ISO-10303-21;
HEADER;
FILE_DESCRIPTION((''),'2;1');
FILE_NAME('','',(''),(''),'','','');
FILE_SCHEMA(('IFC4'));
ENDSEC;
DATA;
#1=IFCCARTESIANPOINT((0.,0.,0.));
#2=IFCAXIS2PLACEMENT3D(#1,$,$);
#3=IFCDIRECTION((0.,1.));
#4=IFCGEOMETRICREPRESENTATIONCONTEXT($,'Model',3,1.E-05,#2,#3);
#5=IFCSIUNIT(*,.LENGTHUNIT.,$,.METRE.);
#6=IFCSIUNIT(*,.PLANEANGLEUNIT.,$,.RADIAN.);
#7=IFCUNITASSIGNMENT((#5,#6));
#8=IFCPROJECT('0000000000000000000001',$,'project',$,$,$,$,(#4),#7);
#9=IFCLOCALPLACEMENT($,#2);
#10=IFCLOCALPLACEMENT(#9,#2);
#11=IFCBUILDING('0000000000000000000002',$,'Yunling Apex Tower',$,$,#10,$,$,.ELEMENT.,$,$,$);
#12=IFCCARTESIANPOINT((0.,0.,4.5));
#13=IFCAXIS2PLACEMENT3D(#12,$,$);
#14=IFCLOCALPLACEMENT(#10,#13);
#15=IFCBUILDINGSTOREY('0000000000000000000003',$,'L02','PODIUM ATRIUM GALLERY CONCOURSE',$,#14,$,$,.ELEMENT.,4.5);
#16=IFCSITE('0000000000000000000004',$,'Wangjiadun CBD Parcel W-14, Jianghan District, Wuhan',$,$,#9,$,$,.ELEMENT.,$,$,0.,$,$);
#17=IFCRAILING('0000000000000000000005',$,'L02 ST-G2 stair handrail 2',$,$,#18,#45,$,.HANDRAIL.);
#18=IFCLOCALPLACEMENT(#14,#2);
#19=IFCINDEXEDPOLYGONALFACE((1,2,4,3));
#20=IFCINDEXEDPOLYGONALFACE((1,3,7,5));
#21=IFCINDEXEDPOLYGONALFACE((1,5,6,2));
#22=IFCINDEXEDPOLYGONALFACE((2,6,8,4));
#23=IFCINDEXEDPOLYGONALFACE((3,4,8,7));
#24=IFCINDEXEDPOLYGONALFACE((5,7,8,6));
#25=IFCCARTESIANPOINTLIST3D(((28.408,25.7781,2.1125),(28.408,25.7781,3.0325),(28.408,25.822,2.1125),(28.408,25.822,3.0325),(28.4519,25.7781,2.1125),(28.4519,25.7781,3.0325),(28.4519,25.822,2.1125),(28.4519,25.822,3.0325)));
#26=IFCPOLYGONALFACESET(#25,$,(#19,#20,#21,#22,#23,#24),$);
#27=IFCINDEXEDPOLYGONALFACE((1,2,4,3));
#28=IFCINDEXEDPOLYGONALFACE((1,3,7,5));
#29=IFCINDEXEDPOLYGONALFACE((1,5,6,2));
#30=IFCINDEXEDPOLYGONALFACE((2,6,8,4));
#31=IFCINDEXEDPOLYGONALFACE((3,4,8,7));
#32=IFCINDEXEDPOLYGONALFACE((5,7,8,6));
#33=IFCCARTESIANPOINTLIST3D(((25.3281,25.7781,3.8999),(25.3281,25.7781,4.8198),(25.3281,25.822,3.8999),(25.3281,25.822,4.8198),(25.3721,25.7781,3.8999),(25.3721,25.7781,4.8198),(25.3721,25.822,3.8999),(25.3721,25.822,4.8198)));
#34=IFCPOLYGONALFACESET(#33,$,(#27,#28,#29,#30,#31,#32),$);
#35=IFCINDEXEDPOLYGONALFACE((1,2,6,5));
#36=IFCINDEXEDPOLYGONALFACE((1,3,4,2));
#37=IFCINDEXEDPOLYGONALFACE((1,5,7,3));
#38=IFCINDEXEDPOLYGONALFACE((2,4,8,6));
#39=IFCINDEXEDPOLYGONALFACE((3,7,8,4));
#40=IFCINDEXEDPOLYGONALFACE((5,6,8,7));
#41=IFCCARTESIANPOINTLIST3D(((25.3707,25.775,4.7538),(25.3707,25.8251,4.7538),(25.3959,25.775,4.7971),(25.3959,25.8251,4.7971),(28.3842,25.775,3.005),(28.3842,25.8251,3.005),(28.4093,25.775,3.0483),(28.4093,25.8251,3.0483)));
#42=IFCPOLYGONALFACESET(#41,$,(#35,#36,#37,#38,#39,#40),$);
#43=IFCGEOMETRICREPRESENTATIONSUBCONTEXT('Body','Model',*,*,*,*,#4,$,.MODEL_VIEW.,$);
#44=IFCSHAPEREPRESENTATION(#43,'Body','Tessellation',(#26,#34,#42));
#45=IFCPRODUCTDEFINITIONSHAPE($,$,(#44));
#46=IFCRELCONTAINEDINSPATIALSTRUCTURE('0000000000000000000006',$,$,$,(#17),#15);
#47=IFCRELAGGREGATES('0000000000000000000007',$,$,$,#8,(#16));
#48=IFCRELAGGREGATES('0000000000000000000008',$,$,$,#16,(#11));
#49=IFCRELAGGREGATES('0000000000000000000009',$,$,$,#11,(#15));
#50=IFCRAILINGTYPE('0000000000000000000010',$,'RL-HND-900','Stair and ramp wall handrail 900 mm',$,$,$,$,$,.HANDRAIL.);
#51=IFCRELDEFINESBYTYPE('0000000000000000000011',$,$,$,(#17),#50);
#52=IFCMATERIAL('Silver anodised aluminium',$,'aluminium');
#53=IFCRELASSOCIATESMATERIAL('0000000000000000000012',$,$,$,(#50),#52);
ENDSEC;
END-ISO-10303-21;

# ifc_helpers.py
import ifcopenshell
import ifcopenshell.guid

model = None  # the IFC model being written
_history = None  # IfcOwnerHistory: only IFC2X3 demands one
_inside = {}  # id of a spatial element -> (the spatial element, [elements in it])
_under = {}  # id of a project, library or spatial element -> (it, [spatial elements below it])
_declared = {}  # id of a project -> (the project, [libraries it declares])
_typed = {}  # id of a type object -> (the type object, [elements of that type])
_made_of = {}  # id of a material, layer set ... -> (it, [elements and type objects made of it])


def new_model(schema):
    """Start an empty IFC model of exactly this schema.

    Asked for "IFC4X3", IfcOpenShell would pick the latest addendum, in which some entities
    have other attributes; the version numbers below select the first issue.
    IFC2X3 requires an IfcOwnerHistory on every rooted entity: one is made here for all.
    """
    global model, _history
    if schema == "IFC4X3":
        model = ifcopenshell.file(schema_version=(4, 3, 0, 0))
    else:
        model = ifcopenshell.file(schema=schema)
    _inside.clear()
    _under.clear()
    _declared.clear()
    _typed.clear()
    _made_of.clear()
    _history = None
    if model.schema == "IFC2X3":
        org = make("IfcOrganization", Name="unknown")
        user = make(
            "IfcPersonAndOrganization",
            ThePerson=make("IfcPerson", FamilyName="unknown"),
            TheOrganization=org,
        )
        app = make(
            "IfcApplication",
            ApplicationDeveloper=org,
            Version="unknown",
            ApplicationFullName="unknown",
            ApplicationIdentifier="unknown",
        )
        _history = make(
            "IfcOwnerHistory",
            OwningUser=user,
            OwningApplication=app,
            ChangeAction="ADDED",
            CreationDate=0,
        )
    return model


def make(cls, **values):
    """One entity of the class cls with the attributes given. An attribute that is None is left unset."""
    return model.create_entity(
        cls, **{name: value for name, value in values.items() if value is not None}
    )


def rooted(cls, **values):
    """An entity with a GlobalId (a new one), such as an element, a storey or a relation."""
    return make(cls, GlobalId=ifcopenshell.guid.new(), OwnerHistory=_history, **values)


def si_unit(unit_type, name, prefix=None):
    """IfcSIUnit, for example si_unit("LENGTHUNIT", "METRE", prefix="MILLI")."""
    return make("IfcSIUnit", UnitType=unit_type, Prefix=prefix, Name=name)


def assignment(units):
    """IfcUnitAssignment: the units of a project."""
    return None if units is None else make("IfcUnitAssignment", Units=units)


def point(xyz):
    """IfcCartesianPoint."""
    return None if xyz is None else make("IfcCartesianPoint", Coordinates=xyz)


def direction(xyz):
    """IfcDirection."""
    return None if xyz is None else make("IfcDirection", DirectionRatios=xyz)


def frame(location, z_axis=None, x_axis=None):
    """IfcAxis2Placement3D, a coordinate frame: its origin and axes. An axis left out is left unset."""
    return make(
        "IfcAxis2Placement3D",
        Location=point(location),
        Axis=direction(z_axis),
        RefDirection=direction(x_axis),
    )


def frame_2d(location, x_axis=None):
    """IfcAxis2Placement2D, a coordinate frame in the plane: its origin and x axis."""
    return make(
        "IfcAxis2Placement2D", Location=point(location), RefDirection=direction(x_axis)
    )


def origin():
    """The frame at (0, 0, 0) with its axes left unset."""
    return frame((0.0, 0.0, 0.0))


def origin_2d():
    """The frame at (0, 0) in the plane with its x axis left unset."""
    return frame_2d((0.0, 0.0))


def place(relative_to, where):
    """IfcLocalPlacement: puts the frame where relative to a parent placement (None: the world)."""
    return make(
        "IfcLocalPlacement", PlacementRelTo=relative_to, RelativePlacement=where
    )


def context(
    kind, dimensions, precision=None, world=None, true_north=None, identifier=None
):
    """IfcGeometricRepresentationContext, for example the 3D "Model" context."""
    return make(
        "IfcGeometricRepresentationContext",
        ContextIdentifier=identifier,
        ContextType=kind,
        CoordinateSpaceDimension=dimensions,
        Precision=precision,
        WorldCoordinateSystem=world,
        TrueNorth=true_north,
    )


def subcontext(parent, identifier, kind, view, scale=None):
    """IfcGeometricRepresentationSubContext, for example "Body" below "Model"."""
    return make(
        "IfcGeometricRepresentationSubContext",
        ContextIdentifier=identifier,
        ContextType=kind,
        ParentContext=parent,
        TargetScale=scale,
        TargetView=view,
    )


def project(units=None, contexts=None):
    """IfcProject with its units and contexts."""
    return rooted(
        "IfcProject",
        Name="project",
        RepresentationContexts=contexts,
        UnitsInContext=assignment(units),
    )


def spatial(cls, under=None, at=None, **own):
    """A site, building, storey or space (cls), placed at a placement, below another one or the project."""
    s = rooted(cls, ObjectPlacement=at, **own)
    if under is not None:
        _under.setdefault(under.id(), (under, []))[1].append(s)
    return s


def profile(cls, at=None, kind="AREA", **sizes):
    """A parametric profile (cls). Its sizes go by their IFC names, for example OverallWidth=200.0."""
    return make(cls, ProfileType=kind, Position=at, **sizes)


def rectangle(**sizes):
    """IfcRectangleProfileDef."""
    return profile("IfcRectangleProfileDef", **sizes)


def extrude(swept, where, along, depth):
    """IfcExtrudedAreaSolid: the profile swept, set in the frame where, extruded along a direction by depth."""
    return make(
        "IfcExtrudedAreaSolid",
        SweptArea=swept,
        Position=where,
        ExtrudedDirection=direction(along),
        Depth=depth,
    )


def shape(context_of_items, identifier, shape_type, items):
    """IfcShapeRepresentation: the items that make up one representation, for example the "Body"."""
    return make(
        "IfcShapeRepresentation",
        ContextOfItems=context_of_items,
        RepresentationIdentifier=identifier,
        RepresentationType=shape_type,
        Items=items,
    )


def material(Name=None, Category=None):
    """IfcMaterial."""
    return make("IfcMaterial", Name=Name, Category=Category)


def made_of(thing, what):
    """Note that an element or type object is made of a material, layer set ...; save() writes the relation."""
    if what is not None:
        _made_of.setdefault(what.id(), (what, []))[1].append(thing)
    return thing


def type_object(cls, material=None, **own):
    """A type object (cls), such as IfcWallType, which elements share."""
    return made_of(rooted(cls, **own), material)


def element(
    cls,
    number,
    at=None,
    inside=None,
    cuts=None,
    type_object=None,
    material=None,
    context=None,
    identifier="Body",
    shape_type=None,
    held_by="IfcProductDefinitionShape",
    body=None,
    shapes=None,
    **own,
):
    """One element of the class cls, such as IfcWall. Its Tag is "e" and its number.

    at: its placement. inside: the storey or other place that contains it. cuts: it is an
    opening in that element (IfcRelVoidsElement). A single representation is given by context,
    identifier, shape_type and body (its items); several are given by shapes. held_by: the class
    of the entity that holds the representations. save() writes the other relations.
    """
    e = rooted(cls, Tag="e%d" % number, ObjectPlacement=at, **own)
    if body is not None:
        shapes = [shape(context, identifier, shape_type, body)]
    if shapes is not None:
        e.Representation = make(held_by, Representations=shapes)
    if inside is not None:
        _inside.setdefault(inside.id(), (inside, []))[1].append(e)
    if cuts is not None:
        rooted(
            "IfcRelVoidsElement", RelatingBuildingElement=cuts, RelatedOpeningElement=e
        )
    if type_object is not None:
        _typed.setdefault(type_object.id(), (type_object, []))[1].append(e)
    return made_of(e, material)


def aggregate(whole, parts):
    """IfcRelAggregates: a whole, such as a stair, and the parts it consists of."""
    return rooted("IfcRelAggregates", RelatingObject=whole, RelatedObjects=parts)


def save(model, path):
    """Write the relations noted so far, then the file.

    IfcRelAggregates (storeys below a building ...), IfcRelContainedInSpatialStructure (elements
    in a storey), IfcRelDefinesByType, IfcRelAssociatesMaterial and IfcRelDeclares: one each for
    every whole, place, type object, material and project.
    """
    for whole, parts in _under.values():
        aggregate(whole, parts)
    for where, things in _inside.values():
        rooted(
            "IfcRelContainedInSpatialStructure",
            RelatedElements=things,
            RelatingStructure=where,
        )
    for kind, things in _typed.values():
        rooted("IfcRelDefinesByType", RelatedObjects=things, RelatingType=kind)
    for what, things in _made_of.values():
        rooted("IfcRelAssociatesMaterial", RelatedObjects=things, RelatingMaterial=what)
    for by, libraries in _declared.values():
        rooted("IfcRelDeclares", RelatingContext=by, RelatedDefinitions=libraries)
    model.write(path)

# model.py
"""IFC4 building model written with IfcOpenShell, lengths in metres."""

from ifc_helpers import new_model, si_unit, direction, frame, origin, origin_2d, place, context, subcontext, project, spatial, rectangle, extrude, material, type_object, element, save


model = new_model("IFC4")

# Units and contexts
model_context = context("Model", 3, precision=1e-05, world=origin(), true_north=direction((0.0, 1.0)))
body_context = subcontext(model_context, "Body", "Model", "MODEL_VIEW")
ifc_project = project(units=[si_unit("LENGTHUNIT", "METRE"), si_unit("PLANEANGLEUNIT", "RADIAN")], contexts=[model_context])

# Site, building, storey
site_placement = place(None, origin())
site = spatial("IfcSite", under=ifc_project, at=site_placement, Name="Wangjiadun CBD Parcel W-14, Jianghan District, Wuhan", CompositionType="ELEMENT", RefElevation=0.0)
building_placement = place(site_placement, origin())
building = spatial("IfcBuilding", under=site, at=building_placement, Name="Yunling Apex Tower", CompositionType="ELEMENT")
storey_placement = place(building_placement, frame((0.0, 0.0, 4.5)))
storey = spatial("IfcBuildingStorey", under=building, at=storey_placement, Name="L02", Description="PODIUM ATRIUM GALLERY CONCOURSE", CompositionType="ELEMENT", Elevation=4.5)

# Railing
ifc_material_1 = material(Name="Silver anodised aluminium", Category="aluminium")
railing_type_1 = type_object("IfcRailingType", Name="RL-HND-900", Description="Stair and ramp wall handrail 900 mm", PredefinedType="HANDRAIL", material=ifc_material_1)
railing_1_placement = place(storey_placement, frame((28.4299, 25.8, 2.1125)))
element("IfcRailing", 1, at=railing_1_placement, inside=storey, type_object=railing_type_1, Name="L02 ST-G2 stair handrail 2", PredefinedType="HANDRAIL", context=body_context, shape_type="SweptSolid", body=[
    extrude(rectangle(XDim=0.0439, YDim=0.0439, at=origin_2d()), origin(), (0.0, 0.0, 1.0), 0.9199),
    extrude(rectangle(XDim=0.0439, YDim=0.0439, at=origin_2d()), frame((-3.0798, 0.0, 1.7874)), (0.0, 0.0, 1.0), 0.9199),
    extrude(rectangle(XDim=0.05, YDim=0.05, at=origin_2d()), frame((-0.0332, 0.0, 0.9141), z_axis=(-0.864903, 0.0, 0.501939), x_axis=(0.0, -1.0, 0.0)), (0.0, 0.0, 1.0), 3.4841),
])

save(model, "model.ifc")
